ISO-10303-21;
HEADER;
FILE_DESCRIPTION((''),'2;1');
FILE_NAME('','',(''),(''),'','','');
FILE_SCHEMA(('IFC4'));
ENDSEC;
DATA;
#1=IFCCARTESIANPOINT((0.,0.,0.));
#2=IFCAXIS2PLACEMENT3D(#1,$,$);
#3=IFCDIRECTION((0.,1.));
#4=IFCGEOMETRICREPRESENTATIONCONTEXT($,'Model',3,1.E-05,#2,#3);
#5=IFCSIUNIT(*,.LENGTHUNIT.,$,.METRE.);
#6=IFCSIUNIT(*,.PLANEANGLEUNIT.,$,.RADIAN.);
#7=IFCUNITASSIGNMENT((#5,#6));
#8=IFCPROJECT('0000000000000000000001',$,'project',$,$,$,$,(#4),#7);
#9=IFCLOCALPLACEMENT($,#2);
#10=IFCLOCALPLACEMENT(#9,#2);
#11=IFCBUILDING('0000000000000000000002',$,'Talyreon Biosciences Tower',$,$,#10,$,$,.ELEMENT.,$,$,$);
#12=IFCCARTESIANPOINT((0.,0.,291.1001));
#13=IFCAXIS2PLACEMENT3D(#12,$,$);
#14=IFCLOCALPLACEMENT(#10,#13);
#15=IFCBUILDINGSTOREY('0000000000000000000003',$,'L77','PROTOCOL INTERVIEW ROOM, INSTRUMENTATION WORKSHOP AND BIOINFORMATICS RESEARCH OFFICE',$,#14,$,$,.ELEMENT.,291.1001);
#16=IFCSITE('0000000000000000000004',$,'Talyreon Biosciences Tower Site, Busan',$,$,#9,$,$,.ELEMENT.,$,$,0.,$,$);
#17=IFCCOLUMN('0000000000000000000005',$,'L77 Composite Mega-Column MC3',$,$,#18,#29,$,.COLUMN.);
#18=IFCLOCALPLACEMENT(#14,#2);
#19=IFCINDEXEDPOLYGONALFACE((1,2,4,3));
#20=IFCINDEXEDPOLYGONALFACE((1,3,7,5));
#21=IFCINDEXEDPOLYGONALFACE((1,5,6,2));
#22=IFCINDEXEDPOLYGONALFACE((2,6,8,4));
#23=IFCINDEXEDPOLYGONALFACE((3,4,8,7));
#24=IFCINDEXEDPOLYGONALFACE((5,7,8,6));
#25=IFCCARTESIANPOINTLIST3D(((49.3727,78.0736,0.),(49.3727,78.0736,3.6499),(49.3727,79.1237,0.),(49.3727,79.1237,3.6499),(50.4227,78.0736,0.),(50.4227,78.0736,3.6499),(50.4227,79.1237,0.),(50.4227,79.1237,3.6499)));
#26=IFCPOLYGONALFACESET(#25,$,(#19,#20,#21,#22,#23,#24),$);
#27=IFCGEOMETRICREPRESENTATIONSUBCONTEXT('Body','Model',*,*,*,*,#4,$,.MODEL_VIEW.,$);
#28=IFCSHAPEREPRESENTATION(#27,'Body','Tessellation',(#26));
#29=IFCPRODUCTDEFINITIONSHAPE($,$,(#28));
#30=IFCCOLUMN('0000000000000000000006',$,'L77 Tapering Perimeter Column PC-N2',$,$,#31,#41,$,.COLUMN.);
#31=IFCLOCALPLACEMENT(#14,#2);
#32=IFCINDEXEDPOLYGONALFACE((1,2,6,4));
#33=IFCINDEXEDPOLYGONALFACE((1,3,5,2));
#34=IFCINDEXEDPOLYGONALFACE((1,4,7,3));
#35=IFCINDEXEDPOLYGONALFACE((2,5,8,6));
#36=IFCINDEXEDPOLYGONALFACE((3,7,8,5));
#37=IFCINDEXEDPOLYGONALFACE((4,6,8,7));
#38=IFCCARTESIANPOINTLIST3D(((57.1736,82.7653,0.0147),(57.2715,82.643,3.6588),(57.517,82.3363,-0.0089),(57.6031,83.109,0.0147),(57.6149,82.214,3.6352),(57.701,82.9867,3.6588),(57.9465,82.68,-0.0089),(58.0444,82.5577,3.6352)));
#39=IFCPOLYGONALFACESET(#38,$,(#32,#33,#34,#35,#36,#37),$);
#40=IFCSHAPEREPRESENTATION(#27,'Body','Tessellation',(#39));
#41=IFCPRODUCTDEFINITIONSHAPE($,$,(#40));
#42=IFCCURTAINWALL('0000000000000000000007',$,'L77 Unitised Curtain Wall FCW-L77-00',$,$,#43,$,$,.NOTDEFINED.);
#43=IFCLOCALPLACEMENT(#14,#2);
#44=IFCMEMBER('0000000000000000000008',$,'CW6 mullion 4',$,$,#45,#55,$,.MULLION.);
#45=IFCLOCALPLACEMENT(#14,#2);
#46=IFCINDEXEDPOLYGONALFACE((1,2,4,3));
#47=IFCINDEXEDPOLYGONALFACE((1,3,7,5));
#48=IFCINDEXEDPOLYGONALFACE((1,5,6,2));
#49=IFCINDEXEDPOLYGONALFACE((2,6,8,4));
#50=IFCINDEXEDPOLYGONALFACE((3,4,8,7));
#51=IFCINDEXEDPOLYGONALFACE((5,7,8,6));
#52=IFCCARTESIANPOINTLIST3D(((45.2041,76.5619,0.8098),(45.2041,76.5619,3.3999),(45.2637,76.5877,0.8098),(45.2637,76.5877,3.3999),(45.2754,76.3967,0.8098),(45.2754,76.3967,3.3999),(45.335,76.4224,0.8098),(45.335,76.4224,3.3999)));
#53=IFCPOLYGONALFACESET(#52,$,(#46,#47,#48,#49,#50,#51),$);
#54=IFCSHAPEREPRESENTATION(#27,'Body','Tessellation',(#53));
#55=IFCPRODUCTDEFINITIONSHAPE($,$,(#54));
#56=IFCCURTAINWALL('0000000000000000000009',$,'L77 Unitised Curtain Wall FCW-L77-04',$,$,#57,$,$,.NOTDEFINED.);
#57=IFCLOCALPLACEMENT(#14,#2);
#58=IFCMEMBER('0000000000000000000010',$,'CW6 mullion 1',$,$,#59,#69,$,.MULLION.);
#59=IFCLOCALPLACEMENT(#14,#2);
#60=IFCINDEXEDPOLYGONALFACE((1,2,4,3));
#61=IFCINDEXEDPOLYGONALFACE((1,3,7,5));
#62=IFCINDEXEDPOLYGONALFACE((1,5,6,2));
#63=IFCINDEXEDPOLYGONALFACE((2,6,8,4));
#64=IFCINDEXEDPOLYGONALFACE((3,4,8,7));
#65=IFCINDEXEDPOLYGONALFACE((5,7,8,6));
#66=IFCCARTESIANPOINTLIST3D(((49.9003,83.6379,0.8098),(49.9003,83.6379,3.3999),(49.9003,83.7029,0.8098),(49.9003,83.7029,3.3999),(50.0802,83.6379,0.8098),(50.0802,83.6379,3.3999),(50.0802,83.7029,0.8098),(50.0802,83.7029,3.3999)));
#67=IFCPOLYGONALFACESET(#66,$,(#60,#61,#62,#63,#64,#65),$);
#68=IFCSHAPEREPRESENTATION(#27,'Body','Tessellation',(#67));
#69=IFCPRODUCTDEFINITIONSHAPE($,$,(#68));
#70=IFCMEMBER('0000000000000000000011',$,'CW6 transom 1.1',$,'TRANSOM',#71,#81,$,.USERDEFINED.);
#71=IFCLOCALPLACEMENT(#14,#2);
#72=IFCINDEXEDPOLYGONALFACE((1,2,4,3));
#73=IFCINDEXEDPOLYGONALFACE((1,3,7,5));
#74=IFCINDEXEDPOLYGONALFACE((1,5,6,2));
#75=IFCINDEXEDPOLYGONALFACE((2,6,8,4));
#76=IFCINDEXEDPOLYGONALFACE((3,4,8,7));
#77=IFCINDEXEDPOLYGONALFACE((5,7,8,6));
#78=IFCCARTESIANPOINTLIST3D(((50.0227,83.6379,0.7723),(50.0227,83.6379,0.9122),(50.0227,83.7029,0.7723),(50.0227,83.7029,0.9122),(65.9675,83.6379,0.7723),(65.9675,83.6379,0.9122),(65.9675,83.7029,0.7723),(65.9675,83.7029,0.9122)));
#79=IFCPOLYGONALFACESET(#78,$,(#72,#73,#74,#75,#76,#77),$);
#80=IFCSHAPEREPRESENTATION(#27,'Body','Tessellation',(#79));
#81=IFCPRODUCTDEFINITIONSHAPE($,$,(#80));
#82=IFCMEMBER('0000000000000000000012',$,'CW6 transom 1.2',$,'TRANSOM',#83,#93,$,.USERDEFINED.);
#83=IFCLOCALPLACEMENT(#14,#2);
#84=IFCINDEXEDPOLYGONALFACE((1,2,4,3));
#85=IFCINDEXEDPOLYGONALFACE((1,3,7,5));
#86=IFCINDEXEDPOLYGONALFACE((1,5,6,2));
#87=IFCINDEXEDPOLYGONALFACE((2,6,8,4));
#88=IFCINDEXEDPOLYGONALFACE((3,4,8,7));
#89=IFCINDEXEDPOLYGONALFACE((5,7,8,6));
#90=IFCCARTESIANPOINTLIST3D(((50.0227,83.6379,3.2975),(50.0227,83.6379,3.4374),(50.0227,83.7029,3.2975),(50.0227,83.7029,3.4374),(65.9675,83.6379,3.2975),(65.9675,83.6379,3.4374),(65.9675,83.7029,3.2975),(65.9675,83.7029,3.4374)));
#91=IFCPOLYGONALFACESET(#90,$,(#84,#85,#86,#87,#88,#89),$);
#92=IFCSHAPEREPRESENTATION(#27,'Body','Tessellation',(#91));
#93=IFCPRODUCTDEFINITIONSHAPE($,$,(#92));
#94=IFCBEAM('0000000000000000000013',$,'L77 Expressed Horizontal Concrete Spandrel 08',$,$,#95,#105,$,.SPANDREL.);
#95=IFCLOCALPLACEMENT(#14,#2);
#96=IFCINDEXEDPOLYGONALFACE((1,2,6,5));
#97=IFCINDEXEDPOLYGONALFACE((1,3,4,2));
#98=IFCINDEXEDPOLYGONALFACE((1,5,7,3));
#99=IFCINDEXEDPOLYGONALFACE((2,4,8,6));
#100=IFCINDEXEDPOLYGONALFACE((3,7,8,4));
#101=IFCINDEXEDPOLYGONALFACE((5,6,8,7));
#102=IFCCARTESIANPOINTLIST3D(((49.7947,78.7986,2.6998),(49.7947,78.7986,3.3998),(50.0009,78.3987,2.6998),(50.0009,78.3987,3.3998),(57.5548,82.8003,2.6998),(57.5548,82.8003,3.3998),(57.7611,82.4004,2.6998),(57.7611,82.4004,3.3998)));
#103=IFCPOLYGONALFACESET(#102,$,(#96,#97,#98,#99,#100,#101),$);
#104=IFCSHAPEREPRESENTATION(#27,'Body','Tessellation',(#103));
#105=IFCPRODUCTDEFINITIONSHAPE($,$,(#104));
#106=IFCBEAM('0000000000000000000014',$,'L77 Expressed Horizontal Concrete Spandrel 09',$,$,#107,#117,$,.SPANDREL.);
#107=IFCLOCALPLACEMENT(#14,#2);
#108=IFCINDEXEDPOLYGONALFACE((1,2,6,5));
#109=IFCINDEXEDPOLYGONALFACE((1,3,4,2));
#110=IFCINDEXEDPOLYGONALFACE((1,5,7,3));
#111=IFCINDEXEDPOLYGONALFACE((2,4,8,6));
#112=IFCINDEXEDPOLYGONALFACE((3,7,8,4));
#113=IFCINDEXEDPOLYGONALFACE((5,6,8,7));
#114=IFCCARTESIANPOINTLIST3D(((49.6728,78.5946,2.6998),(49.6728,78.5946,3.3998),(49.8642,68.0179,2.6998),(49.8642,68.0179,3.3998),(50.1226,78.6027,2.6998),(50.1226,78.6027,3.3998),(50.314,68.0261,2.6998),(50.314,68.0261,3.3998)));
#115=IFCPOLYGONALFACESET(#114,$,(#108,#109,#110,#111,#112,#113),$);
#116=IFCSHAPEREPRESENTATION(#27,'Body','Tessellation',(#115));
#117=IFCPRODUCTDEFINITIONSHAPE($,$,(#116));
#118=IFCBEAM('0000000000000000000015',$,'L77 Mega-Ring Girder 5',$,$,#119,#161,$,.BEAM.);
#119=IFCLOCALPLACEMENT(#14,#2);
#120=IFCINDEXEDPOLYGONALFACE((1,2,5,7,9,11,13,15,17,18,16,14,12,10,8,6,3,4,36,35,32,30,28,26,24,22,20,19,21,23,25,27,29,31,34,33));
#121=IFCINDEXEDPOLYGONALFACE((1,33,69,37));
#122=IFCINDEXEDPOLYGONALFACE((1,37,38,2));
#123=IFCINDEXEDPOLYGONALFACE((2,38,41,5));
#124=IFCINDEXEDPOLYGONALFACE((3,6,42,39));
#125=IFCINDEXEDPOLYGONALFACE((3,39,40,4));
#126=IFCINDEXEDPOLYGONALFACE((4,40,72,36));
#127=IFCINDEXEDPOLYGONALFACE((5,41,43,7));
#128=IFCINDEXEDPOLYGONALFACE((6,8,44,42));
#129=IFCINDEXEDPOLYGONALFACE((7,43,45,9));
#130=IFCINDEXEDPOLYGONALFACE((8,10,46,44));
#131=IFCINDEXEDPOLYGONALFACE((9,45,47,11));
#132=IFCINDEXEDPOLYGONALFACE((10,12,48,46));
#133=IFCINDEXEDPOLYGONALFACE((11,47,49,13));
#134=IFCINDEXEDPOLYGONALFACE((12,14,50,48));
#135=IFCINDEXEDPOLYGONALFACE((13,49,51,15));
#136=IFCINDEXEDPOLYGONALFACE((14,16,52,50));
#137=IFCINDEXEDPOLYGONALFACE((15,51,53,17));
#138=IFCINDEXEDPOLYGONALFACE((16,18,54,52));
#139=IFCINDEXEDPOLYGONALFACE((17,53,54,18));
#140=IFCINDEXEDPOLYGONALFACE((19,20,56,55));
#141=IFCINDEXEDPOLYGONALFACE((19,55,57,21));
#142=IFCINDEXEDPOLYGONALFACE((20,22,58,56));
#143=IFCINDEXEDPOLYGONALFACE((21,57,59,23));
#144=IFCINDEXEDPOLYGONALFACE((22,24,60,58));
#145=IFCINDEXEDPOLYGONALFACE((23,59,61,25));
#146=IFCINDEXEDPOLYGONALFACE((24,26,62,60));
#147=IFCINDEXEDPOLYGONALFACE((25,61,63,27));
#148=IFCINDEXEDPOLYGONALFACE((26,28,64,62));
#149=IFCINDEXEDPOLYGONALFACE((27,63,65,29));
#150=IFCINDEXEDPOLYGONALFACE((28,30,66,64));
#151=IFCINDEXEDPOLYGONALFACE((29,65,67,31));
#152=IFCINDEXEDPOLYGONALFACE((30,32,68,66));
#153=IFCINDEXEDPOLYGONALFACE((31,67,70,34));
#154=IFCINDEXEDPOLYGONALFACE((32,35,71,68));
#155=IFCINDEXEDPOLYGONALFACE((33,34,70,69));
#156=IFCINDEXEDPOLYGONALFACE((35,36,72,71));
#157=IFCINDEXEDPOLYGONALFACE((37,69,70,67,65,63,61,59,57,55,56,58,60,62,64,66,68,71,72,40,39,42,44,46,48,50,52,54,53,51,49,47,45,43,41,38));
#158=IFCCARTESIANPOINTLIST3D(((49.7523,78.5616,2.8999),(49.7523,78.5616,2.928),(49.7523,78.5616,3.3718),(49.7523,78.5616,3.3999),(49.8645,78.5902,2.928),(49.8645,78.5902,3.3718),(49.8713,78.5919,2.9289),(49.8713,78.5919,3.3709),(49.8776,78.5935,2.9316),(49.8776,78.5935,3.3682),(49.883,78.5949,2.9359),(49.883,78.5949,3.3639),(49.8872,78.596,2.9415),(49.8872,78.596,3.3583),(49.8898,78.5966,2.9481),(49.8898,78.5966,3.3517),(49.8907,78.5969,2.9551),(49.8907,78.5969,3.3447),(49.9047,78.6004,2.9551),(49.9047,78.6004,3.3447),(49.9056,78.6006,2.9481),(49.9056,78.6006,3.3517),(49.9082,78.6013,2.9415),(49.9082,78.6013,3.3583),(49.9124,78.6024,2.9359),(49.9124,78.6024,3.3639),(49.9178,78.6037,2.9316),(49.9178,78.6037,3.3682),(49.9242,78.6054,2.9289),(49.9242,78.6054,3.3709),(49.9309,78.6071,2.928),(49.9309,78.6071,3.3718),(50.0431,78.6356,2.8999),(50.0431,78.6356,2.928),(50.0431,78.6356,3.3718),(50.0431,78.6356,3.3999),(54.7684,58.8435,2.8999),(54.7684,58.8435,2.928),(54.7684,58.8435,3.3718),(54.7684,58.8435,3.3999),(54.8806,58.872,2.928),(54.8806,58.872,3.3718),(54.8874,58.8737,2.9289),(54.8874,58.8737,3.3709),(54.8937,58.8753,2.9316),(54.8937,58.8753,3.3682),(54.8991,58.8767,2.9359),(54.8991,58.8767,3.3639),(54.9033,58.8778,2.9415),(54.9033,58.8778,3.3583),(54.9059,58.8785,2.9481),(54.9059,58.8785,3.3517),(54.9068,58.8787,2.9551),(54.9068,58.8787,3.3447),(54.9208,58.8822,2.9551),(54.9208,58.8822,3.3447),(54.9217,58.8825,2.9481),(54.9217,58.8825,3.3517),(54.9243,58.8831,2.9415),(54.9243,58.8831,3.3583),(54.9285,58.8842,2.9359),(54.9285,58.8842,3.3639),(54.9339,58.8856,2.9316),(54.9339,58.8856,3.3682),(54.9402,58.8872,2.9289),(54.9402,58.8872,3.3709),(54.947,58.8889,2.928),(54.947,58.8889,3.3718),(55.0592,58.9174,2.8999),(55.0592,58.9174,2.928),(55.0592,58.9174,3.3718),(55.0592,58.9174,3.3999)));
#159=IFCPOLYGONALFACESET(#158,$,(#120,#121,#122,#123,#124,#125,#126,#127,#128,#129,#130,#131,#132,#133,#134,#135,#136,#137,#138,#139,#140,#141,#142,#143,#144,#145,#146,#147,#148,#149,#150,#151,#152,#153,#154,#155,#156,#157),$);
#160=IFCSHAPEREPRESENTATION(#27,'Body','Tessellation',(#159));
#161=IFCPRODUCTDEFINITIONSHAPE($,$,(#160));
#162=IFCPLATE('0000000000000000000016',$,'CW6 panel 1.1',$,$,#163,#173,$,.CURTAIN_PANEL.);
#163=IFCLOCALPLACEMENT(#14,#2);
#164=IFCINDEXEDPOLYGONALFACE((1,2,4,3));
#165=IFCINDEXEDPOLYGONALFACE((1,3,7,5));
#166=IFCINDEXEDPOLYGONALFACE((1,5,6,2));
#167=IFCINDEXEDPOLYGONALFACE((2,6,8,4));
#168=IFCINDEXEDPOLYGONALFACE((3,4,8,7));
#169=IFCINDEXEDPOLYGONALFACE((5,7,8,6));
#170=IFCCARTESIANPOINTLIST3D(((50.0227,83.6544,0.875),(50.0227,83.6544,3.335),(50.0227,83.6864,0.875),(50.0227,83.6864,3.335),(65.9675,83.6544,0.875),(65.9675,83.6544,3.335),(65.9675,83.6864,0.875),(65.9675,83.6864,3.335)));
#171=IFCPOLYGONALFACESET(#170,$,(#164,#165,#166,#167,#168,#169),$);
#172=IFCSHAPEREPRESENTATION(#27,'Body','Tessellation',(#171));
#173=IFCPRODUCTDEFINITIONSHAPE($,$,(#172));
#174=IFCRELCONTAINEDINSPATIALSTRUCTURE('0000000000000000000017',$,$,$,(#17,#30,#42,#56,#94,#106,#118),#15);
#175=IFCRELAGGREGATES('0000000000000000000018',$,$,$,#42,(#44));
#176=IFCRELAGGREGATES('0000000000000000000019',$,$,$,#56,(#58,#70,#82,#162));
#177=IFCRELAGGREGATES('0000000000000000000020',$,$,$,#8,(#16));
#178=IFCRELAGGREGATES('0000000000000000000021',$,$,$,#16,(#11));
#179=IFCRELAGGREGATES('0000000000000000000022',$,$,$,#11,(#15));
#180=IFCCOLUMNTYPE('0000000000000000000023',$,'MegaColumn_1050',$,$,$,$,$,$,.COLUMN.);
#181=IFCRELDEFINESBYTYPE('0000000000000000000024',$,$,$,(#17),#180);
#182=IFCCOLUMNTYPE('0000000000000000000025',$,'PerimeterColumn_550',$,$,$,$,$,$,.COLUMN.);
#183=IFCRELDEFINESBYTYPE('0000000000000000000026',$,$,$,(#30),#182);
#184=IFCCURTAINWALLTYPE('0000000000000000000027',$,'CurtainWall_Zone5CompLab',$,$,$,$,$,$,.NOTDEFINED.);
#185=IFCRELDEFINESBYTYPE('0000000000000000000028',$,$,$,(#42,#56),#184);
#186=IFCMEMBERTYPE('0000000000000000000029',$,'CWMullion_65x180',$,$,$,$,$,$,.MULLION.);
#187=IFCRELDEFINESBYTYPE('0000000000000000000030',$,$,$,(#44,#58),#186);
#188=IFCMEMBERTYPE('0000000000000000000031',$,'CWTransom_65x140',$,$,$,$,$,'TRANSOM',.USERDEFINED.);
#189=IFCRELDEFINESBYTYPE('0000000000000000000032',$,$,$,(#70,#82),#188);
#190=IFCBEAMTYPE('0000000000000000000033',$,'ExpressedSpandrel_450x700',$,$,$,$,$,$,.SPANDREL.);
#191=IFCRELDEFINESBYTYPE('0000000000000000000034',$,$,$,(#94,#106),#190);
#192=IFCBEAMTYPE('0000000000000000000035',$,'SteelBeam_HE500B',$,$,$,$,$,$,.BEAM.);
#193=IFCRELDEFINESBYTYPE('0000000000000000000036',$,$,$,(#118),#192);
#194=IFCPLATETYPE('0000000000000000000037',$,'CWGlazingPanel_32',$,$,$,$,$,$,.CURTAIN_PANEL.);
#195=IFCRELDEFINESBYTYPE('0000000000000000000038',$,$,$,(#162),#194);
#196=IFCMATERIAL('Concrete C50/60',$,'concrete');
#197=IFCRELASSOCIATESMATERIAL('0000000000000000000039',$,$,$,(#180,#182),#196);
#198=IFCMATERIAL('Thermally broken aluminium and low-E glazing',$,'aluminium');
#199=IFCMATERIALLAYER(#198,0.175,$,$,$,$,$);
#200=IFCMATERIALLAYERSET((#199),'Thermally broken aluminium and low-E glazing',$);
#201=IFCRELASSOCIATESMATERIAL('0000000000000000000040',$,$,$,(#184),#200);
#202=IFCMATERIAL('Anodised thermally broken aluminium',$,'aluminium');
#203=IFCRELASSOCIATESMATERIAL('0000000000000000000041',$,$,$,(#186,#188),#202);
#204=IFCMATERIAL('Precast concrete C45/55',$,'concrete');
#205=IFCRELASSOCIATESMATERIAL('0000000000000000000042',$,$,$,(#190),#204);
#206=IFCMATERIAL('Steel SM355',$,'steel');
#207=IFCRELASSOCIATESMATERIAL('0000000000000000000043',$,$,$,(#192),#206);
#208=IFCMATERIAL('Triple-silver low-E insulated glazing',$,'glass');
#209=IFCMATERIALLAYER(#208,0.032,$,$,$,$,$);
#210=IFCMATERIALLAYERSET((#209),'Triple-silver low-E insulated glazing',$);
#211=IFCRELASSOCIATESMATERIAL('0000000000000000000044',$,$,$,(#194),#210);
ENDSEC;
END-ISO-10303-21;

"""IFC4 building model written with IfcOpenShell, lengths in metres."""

from ifc_helpers import new_model, si_unit, direction, frame, origin, origin_2d, place, context, subcontext, project, spatial, rectangle, i_section, extrude, material, layer, layer_set, material_profile, profile_set, type_object, element, aggregate, save


model = new_model("IFC4")

# Units and contexts
model_context = context("Model", 3, precision=1e-05, world=origin(), true_north=direction((0.0, 1.0)))
body_context = subcontext(model_context, "Body", "Model", "MODEL_VIEW")
ifc_project = project(units=[si_unit("LENGTHUNIT", "METRE"), si_unit("PLANEANGLEUNIT", "RADIAN")], contexts=[model_context])

# Site, building, storey
site_placement = place(None, origin())
site = spatial("IfcSite", under=ifc_project, at=site_placement, Name="Talyreon Biosciences Tower Site, Busan", CompositionType="ELEMENT", RefElevation=0.0)
building_placement = place(site_placement, origin())
building = spatial("IfcBuilding", under=site, at=building_placement, Name="Talyreon Biosciences Tower", CompositionType="ELEMENT")
storey_placement = place(building_placement, frame((0.0, 0.0, 291.1001)))
storey = spatial("IfcBuildingStorey", under=building, at=storey_placement, Name="L77", Description="PROTOCOL INTERVIEW ROOM, INSTRUMENTATION WORKSHOP AND BIOINFORMATICS RESEARCH OFFICE", CompositionType="ELEMENT", Elevation=291.1001)

# Columns
ifc_material_1 = material(Name="Concrete C50/60", Category="concrete")
ifc_material_profile_1 = material_profile(ifc_material_1, rectangle(XDim=1.05, YDim=1.05, at=origin_2d()), Name="RC 1050x1050")
ifc_profile_set_1 = profile_set([ifc_material_profile_1], Name="Concrete C50/60")
column_type_1 = type_object("IfcColumnType", Name="MegaColumn_1050", PredefinedType="COLUMN", material=ifc_profile_set_1)
column_1_placement = place(storey_placement, frame((49.8977, 78.5986, 0.0), z_axis=(0.0, 0.0, 1.0), x_axis=(1.0, 0.0, 0.0)))
element("IfcColumn", 1, at=column_1_placement, inside=storey, type_object=column_type_1, Name="L77 Composite Mega-Column MC3", PredefinedType="COLUMN", context=body_context, shape_type="SweptSolid", body=[
    extrude(rectangle(XDim=1.05, YDim=1.05, at=origin_2d()), origin(), (0.0, 0.0, 1.0), 3.6499),
])
ifc_material_profile_2 = material_profile(ifc_material_1, rectangle(XDim=0.55, YDim=0.55, at=origin_2d()), Name="RC 550x550")
ifc_profile_set_2 = profile_set([ifc_material_profile_2], Name="Concrete C50/60")
column_type_2 = type_object("IfcColumnType", Name="PerimeterColumn_550", PredefinedType="COLUMN", material=ifc_profile_set_2)
column_2_placement = place(storey_placement, frame((57.5601, 82.7227, 0.0029), z_axis=(0.026841, -0.033535, 0.999077), x_axis=(-0.780717, -0.624885, 0.0)))
element("IfcColumn", 2, at=column_2_placement, inside=storey, type_object=column_type_2, Name="L77 Tapering Perimeter Column PC-N2", PredefinedType="COLUMN", context=body_context, shape_type="SweptSolid", body=[
    extrude(rectangle(XDim=0.55, YDim=0.55, at=origin_2d()), origin(), (0.0, 0.0, 1.0), 3.6475),
])

# Curtain wall, member
ifc_material_2 = material(Name="Thermally broken aluminium and low-E glazing", Category="aluminium")
ifc_layer_1 = layer(ifc_material_2, 0.175)
ifc_layer_set_1 = layer_set([ifc_layer_1], Name="Thermally broken aluminium and low-E glazing")
curtain_wall_type = type_object("IfcCurtainWallType", Name="CurtainWall_Zone5CompLab", PredefinedType="NOTDEFINED", material=ifc_layer_set_1)
curtain_wall_1_placement = place(storey_placement, origin())
curtain_wall_1 = element("IfcCurtainWall", 3, at=curtain_wall_1_placement, inside=storey, type_object=curtain_wall_type, Name="L77 Unitised Curtain Wall FCW-L77-00", PredefinedType="NOTDEFINED")
ifc_material_3 = material(Name="Anodised thermally broken aluminium", Category="aluminium")
ifc_material_profile_3 = material_profile(ifc_material_3, rectangle(XDim=0.0649, YDim=0.1799, at=origin_2d()), Name="ALUM MULLION 65x180")
ifc_profile_set_3 = profile_set([ifc_material_profile_3], Name="Anodised thermally broken aluminium")
member_type_1 = type_object("IfcMemberType", Name="CWMullion_65x180", PredefinedType="MULLION", material=ifc_profile_set_3)
member_1_placement = place(storey_placement, frame((45.2695, 76.4922, 0.8098), z_axis=(0.0, 0.0, 1.0), x_axis=(-0.918187, -0.396147, 0.0)))
member_1 = element("IfcMember", 4, at=member_1_placement, type_object=member_type_1, Name="CW6 mullion 4", PredefinedType="MULLION", context=body_context, shape_type="SweptSolid", body=[
    extrude(rectangle(XDim=0.0649, YDim=0.1799, at=origin_2d()), origin(), (0.0, 0.0, 1.0), 2.5901),
])
aggregate(curtain_wall_1, [member_1])

# Curtain wall, members
curtain_wall_2_placement = place(storey_placement, origin())
curtain_wall_2 = element("IfcCurtainWall", 5, at=curtain_wall_2_placement, inside=storey, type_object=curtain_wall_type, Name="L77 Unitised Curtain Wall FCW-L77-04", PredefinedType="NOTDEFINED")
member_2_placement = place(storey_placement, frame((49.9902, 83.6704, 0.8098), z_axis=(0.0, 0.0, 1.0), x_axis=(0.0, 1.0, 0.0)))
member_2 = element("IfcMember", 6, at=member_2_placement, type_object=member_type_1, Name="CW6 mullion 1", PredefinedType="MULLION", context=body_context, shape_type="SweptSolid", body=[
    extrude(rectangle(XDim=0.0649, YDim=0.1799, at=origin_2d()), origin(), (0.0, 0.0, 1.0), 2.5901),
])
ifc_material_profile_4 = material_profile(ifc_material_3, rectangle(XDim=0.0649, YDim=0.1399, at=origin_2d()), Name="ALUM TRANSOM 65x140")
ifc_profile_set_4 = profile_set([ifc_material_profile_4], Name="Anodised thermally broken aluminium")
member_type_2 = type_object("IfcMemberType", Name="CWTransom_65x140", ElementType="TRANSOM", PredefinedType="USERDEFINED", material=ifc_profile_set_4)
member_3_placement = place(storey_placement, frame((50.0227, 83.6704, 0.8423), z_axis=(1.0, 0.0, 0.0), x_axis=(0.0, 1.0, 0.0)))
member_3 = element("IfcMember", 7, at=member_3_placement, type_object=member_type_2, Name="CW6 transom 1.1", ObjectType="TRANSOM", PredefinedType="USERDEFINED", context=body_context, shape_type="SweptSolid", body=[
    extrude(rectangle(XDim=0.0649, YDim=0.1399, at=origin_2d()), origin(), (0.0, 0.0, 1.0), 15.9448),
])
member_4_placement = place(storey_placement, frame((50.0227, 83.6704, 3.3674), z_axis=(1.0, 0.0, 0.0), x_axis=(0.0, 1.0, 0.0)))
member_4 = element("IfcMember", 8, at=member_4_placement, type_object=member_type_2, Name="CW6 transom 1.2", ObjectType="TRANSOM", PredefinedType="USERDEFINED", context=body_context, shape_type="SweptSolid", body=[
    extrude(rectangle(XDim=0.0649, YDim=0.1399, at=origin_2d()), origin(), (0.0, 0.0, 1.0), 15.9448),
])

# Beams
ifc_material_4 = material(Name="Precast concrete C45/55", Category="concrete")
ifc_material_profile_5 = material_profile(ifc_material_4, rectangle(XDim=0.45, YDim=0.7, at=origin_2d()), Name="RCB 450x700")
ifc_profile_set_5 = profile_set([ifc_material_profile_5], Name="Precast concrete C45/55")
beam_type_1 = type_object("IfcBeamType", Name="ExpressedSpandrel_450x700", PredefinedType="SPANDREL", material=ifc_profile_set_5)
beam_1_placement = place(storey_placement, frame((57.658, 82.6003, 3.0498), z_axis=(-0.888788, -0.458319, 0.0), x_axis=(0.458319, -0.888788, 0.0)))
element("IfcBeam", 9, at=beam_1_placement, inside=storey, type_object=beam_type_1, Name="L77 Expressed Horizontal Concrete Spandrel 08", PredefinedType="SPANDREL", context=body_context, shape_type="SweptSolid", body=[
    extrude(rectangle(XDim=0.45, YDim=0.7, at=origin_2d()), origin(), (0.0, 0.0, 1.0), 8.7312),
])
beam_2_placement = place(storey_placement, frame((49.8977, 78.5986, 3.0498), z_axis=(0.018094, -0.999836, 0.0), x_axis=(0.999836, 0.018094, 0.0)))
element("IfcBeam", 10, at=beam_2_placement, inside=storey, type_object=beam_type_1, Name="L77 Expressed Horizontal Concrete Spandrel 09", PredefinedType="SPANDREL", context=body_context, shape_type="SweptSolid", body=[
    extrude(rectangle(XDim=0.45, YDim=0.7, at=origin_2d()), origin(), (0.0, 0.0, 1.0), 10.5784),
])
ifc_material_5 = material(Name="Steel SM355", Category="steel")
ifc_material_profile_6 = material_profile(ifc_material_5, i_section(OverallWidth=0.3, OverallDepth=0.5, WebThickness=0.0144, FlangeThickness=0.0281, FilletRadius=0.0271, at=origin_2d()), Name="HE500B")
ifc_profile_set_6 = profile_set([ifc_material_profile_6], Name="Steel SM355")
beam_type_2 = type_object("IfcBeamType", Name="SteelBeam_HE500B", PredefinedType="BEAM", material=ifc_profile_set_6)
beam_3_placement = place(storey_placement, frame((49.8977, 78.5986, 3.1499), z_axis=(0.246537, -0.969133, 0.0), x_axis=(0.969133, 0.246537, 0.0)))
element("IfcBeam", 11, at=beam_3_placement, inside=storey, type_object=beam_type_2, Name="L77 Mega-Ring Girder 5", PredefinedType="BEAM", context=body_context, shape_type="SweptSolid", body=[
    extrude(i_section(OverallWidth=0.3, OverallDepth=0.5, WebThickness=0.0144, FlangeThickness=0.0281, FilletRadius=0.0271, at=origin_2d()), origin(), (0.0, 0.0, 1.0), 20.3462),
])

# Plate
ifc_material_6 = material(Name="Triple-silver low-E insulated glazing", Category="glass")
ifc_layer_2 = layer(ifc_material_6, 0.032)
ifc_layer_set_2 = layer_set([ifc_layer_2], Name="Triple-silver low-E insulated glazing")
plate_type_1 = type_object("IfcPlateType", Name="CWGlazingPanel_32", PredefinedType="CURTAIN_PANEL", material=ifc_layer_set_2)
plate_placement = place(storey_placement, frame((57.9951, 83.6704, 0.875), z_axis=(0.0, 0.0, 1.0), x_axis=(1.0, 0.0, 0.0)))
plate = element("IfcPlate", 12, at=plate_placement, type_object=plate_type_1, Name="CW6 panel 1.1", PredefinedType="CURTAIN_PANEL", context=body_context, shape_type="SweptSolid", body=[
    extrude(rectangle(XDim=15.9448, YDim=0.032, at=origin_2d()), origin(), (0.0, 0.0, 1.0), 2.46),
])
aggregate(curtain_wall_2, [member_2, member_3, member_4, plate])

save(model, "model.ifc")
